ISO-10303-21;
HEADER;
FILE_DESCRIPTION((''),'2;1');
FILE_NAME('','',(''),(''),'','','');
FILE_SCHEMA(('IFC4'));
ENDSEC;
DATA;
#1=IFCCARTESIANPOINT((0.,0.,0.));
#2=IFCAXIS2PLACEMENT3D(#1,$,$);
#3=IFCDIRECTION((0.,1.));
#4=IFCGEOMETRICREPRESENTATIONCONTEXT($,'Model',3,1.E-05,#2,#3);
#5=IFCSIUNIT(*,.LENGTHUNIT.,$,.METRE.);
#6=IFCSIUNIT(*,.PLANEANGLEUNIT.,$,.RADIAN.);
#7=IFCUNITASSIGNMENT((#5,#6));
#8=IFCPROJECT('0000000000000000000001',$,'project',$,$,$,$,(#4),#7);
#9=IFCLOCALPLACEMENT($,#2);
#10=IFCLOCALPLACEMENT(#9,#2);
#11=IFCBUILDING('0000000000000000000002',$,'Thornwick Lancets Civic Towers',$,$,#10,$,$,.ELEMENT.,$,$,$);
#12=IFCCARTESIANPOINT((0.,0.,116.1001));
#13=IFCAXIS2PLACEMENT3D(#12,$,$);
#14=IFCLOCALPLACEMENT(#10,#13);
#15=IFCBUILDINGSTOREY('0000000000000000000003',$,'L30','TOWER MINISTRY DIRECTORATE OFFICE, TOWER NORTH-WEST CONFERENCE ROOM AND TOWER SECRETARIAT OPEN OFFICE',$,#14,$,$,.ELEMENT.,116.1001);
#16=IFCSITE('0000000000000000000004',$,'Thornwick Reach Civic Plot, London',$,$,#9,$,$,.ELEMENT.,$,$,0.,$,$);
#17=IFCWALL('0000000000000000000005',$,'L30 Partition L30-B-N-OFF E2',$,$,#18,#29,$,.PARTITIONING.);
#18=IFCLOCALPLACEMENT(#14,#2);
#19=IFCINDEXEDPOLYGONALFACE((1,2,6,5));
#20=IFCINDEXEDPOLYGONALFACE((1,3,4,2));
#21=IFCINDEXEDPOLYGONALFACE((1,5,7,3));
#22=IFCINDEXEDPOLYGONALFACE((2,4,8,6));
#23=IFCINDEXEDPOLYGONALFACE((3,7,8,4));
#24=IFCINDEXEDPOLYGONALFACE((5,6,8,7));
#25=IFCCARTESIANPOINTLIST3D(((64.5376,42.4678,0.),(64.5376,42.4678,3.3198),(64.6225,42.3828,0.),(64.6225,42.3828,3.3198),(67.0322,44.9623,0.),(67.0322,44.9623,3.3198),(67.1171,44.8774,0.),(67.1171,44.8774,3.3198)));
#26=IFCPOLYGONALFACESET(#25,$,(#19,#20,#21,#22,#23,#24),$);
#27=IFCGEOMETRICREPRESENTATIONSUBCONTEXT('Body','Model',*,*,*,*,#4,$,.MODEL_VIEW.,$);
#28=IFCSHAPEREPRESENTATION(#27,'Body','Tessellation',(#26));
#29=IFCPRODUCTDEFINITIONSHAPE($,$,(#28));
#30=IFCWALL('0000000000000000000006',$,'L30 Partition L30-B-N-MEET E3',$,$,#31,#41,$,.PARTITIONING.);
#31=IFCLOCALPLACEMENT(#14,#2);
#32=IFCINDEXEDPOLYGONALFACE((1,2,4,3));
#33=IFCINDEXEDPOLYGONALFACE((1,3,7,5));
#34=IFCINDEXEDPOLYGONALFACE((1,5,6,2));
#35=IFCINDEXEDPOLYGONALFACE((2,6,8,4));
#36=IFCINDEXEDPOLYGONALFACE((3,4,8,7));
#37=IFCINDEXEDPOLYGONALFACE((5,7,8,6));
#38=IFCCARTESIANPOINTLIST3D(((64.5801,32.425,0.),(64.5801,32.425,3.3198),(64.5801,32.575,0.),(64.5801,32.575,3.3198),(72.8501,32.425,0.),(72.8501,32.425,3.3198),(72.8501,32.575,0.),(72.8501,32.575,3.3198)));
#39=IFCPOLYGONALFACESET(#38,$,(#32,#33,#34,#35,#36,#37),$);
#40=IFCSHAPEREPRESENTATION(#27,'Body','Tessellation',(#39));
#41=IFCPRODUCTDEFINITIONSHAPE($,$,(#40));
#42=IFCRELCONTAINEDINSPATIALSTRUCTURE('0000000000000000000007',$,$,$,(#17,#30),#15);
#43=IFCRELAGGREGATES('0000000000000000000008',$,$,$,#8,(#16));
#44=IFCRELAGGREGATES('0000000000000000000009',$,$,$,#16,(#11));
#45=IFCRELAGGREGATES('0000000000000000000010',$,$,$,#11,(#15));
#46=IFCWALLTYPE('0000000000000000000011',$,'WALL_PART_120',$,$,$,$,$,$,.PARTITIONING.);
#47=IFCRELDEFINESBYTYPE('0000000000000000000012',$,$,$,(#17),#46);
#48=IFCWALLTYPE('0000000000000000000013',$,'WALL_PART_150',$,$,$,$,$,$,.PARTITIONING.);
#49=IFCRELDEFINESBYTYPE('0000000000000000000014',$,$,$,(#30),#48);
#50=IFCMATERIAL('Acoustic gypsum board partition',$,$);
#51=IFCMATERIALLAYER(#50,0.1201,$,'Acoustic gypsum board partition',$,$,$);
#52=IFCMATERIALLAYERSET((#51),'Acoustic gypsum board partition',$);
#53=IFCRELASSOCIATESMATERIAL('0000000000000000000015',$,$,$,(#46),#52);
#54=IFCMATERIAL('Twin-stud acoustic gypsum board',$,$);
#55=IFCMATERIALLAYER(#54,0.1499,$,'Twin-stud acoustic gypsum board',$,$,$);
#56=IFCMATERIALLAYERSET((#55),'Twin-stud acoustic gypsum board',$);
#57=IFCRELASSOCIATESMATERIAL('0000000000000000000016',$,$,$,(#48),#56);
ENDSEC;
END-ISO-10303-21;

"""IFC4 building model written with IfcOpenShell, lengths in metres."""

from ifc_helpers import new_model, si_unit, direction, frame, frame_2d, origin, place, context, subcontext, project, spatial, rectangle, extrude, material, layer, layer_set, type_object, element, save


model = new_model("IFC4")

# Units and contexts
model_context = context("Model", 3, precision=1e-05, world=origin(), true_north=direction((0.0, 1.0)))
body_context = subcontext(model_context, "Body", "Model", "MODEL_VIEW")
ifc_project = project(units=[si_unit("LENGTHUNIT", "METRE"), si_unit("PLANEANGLEUNIT", "RADIAN")], contexts=[model_context])

# Site, building, storey
site_placement = place(None, origin())
site = spatial("IfcSite", under=ifc_project, at=site_placement, Name="Thornwick Reach Civic Plot, London", CompositionType="ELEMENT", RefElevation=0.0)
building_placement = place(site_placement, origin())
building = spatial("IfcBuilding", under=site, at=building_placement, Name="Thornwick Lancets Civic Towers", CompositionType="ELEMENT")
storey_placement = place(building_placement, frame((0.0, 0.0, 116.1001)))
storey = spatial("IfcBuildingStorey", under=building, at=storey_placement, Name="L30", Description="TOWER MINISTRY DIRECTORATE OFFICE, TOWER NORTH-WEST CONFERENCE ROOM AND TOWER SECRETARIAT OPEN OFFICE", CompositionType="ELEMENT", Elevation=116.1001)

# Walls
ifc_material_1 = material(Name="Acoustic gypsum board partition")
ifc_layer_1 = layer(ifc_material_1, 0.1201, Name="Acoustic gypsum board partition")
ifc_layer_set_1 = layer_set([ifc_layer_1], Name="Acoustic gypsum board partition")
wall_type_1 = type_object("IfcWallType", Name="WALL_PART_120", PredefinedType="PARTITIONING", material=ifc_layer_set_1)
wall_1_placement = place(storey_placement, frame((64.5801, 42.4253, 0.0), z_axis=(0.0, 0.0, 1.0), x_axis=(0.707107, 0.707107, 0.0)))
element("IfcWall", 1, at=wall_1_placement, inside=storey, type_object=wall_type_1, Name="L30 Partition L30-B-N-OFF E2", PredefinedType="PARTITIONING", context=body_context, shape_type="SweptSolid", body=[
    extrude(rectangle(XDim=3.5278, YDim=0.1201, at=frame_2d((1.7639, 0.0))), origin(), (0.0, 0.0, 1.0), 3.3198),
])
ifc_material_2 = material(Name="Twin-stud acoustic gypsum board")
ifc_layer_2 = layer(ifc_material_2, 0.1499, Name="Twin-stud acoustic gypsum board")
ifc_layer_set_2 = layer_set([ifc_layer_2], Name="Twin-stud acoustic gypsum board")
wall_type_2 = type_object("IfcWallType", Name="WALL_PART_150", PredefinedType="PARTITIONING", material=ifc_layer_set_2)
wall_2_placement = place(storey_placement, frame((64.5801, 32.5, 0.0), z_axis=(0.0, 0.0, 1.0), x_axis=(1.0, 0.0, 0.0)))
element("IfcWall", 2, at=wall_2_placement, inside=storey, type_object=wall_type_2, Name="L30 Partition L30-B-N-MEET E3", PredefinedType="PARTITIONING", context=body_context, shape_type="SweptSolid", body=[
    extrude(rectangle(XDim=8.27, YDim=0.1499, at=frame_2d((4.135, 0.0))), origin(), (0.0, 0.0, 1.0), 3.3198),
])

save(model, "model.ifc")
